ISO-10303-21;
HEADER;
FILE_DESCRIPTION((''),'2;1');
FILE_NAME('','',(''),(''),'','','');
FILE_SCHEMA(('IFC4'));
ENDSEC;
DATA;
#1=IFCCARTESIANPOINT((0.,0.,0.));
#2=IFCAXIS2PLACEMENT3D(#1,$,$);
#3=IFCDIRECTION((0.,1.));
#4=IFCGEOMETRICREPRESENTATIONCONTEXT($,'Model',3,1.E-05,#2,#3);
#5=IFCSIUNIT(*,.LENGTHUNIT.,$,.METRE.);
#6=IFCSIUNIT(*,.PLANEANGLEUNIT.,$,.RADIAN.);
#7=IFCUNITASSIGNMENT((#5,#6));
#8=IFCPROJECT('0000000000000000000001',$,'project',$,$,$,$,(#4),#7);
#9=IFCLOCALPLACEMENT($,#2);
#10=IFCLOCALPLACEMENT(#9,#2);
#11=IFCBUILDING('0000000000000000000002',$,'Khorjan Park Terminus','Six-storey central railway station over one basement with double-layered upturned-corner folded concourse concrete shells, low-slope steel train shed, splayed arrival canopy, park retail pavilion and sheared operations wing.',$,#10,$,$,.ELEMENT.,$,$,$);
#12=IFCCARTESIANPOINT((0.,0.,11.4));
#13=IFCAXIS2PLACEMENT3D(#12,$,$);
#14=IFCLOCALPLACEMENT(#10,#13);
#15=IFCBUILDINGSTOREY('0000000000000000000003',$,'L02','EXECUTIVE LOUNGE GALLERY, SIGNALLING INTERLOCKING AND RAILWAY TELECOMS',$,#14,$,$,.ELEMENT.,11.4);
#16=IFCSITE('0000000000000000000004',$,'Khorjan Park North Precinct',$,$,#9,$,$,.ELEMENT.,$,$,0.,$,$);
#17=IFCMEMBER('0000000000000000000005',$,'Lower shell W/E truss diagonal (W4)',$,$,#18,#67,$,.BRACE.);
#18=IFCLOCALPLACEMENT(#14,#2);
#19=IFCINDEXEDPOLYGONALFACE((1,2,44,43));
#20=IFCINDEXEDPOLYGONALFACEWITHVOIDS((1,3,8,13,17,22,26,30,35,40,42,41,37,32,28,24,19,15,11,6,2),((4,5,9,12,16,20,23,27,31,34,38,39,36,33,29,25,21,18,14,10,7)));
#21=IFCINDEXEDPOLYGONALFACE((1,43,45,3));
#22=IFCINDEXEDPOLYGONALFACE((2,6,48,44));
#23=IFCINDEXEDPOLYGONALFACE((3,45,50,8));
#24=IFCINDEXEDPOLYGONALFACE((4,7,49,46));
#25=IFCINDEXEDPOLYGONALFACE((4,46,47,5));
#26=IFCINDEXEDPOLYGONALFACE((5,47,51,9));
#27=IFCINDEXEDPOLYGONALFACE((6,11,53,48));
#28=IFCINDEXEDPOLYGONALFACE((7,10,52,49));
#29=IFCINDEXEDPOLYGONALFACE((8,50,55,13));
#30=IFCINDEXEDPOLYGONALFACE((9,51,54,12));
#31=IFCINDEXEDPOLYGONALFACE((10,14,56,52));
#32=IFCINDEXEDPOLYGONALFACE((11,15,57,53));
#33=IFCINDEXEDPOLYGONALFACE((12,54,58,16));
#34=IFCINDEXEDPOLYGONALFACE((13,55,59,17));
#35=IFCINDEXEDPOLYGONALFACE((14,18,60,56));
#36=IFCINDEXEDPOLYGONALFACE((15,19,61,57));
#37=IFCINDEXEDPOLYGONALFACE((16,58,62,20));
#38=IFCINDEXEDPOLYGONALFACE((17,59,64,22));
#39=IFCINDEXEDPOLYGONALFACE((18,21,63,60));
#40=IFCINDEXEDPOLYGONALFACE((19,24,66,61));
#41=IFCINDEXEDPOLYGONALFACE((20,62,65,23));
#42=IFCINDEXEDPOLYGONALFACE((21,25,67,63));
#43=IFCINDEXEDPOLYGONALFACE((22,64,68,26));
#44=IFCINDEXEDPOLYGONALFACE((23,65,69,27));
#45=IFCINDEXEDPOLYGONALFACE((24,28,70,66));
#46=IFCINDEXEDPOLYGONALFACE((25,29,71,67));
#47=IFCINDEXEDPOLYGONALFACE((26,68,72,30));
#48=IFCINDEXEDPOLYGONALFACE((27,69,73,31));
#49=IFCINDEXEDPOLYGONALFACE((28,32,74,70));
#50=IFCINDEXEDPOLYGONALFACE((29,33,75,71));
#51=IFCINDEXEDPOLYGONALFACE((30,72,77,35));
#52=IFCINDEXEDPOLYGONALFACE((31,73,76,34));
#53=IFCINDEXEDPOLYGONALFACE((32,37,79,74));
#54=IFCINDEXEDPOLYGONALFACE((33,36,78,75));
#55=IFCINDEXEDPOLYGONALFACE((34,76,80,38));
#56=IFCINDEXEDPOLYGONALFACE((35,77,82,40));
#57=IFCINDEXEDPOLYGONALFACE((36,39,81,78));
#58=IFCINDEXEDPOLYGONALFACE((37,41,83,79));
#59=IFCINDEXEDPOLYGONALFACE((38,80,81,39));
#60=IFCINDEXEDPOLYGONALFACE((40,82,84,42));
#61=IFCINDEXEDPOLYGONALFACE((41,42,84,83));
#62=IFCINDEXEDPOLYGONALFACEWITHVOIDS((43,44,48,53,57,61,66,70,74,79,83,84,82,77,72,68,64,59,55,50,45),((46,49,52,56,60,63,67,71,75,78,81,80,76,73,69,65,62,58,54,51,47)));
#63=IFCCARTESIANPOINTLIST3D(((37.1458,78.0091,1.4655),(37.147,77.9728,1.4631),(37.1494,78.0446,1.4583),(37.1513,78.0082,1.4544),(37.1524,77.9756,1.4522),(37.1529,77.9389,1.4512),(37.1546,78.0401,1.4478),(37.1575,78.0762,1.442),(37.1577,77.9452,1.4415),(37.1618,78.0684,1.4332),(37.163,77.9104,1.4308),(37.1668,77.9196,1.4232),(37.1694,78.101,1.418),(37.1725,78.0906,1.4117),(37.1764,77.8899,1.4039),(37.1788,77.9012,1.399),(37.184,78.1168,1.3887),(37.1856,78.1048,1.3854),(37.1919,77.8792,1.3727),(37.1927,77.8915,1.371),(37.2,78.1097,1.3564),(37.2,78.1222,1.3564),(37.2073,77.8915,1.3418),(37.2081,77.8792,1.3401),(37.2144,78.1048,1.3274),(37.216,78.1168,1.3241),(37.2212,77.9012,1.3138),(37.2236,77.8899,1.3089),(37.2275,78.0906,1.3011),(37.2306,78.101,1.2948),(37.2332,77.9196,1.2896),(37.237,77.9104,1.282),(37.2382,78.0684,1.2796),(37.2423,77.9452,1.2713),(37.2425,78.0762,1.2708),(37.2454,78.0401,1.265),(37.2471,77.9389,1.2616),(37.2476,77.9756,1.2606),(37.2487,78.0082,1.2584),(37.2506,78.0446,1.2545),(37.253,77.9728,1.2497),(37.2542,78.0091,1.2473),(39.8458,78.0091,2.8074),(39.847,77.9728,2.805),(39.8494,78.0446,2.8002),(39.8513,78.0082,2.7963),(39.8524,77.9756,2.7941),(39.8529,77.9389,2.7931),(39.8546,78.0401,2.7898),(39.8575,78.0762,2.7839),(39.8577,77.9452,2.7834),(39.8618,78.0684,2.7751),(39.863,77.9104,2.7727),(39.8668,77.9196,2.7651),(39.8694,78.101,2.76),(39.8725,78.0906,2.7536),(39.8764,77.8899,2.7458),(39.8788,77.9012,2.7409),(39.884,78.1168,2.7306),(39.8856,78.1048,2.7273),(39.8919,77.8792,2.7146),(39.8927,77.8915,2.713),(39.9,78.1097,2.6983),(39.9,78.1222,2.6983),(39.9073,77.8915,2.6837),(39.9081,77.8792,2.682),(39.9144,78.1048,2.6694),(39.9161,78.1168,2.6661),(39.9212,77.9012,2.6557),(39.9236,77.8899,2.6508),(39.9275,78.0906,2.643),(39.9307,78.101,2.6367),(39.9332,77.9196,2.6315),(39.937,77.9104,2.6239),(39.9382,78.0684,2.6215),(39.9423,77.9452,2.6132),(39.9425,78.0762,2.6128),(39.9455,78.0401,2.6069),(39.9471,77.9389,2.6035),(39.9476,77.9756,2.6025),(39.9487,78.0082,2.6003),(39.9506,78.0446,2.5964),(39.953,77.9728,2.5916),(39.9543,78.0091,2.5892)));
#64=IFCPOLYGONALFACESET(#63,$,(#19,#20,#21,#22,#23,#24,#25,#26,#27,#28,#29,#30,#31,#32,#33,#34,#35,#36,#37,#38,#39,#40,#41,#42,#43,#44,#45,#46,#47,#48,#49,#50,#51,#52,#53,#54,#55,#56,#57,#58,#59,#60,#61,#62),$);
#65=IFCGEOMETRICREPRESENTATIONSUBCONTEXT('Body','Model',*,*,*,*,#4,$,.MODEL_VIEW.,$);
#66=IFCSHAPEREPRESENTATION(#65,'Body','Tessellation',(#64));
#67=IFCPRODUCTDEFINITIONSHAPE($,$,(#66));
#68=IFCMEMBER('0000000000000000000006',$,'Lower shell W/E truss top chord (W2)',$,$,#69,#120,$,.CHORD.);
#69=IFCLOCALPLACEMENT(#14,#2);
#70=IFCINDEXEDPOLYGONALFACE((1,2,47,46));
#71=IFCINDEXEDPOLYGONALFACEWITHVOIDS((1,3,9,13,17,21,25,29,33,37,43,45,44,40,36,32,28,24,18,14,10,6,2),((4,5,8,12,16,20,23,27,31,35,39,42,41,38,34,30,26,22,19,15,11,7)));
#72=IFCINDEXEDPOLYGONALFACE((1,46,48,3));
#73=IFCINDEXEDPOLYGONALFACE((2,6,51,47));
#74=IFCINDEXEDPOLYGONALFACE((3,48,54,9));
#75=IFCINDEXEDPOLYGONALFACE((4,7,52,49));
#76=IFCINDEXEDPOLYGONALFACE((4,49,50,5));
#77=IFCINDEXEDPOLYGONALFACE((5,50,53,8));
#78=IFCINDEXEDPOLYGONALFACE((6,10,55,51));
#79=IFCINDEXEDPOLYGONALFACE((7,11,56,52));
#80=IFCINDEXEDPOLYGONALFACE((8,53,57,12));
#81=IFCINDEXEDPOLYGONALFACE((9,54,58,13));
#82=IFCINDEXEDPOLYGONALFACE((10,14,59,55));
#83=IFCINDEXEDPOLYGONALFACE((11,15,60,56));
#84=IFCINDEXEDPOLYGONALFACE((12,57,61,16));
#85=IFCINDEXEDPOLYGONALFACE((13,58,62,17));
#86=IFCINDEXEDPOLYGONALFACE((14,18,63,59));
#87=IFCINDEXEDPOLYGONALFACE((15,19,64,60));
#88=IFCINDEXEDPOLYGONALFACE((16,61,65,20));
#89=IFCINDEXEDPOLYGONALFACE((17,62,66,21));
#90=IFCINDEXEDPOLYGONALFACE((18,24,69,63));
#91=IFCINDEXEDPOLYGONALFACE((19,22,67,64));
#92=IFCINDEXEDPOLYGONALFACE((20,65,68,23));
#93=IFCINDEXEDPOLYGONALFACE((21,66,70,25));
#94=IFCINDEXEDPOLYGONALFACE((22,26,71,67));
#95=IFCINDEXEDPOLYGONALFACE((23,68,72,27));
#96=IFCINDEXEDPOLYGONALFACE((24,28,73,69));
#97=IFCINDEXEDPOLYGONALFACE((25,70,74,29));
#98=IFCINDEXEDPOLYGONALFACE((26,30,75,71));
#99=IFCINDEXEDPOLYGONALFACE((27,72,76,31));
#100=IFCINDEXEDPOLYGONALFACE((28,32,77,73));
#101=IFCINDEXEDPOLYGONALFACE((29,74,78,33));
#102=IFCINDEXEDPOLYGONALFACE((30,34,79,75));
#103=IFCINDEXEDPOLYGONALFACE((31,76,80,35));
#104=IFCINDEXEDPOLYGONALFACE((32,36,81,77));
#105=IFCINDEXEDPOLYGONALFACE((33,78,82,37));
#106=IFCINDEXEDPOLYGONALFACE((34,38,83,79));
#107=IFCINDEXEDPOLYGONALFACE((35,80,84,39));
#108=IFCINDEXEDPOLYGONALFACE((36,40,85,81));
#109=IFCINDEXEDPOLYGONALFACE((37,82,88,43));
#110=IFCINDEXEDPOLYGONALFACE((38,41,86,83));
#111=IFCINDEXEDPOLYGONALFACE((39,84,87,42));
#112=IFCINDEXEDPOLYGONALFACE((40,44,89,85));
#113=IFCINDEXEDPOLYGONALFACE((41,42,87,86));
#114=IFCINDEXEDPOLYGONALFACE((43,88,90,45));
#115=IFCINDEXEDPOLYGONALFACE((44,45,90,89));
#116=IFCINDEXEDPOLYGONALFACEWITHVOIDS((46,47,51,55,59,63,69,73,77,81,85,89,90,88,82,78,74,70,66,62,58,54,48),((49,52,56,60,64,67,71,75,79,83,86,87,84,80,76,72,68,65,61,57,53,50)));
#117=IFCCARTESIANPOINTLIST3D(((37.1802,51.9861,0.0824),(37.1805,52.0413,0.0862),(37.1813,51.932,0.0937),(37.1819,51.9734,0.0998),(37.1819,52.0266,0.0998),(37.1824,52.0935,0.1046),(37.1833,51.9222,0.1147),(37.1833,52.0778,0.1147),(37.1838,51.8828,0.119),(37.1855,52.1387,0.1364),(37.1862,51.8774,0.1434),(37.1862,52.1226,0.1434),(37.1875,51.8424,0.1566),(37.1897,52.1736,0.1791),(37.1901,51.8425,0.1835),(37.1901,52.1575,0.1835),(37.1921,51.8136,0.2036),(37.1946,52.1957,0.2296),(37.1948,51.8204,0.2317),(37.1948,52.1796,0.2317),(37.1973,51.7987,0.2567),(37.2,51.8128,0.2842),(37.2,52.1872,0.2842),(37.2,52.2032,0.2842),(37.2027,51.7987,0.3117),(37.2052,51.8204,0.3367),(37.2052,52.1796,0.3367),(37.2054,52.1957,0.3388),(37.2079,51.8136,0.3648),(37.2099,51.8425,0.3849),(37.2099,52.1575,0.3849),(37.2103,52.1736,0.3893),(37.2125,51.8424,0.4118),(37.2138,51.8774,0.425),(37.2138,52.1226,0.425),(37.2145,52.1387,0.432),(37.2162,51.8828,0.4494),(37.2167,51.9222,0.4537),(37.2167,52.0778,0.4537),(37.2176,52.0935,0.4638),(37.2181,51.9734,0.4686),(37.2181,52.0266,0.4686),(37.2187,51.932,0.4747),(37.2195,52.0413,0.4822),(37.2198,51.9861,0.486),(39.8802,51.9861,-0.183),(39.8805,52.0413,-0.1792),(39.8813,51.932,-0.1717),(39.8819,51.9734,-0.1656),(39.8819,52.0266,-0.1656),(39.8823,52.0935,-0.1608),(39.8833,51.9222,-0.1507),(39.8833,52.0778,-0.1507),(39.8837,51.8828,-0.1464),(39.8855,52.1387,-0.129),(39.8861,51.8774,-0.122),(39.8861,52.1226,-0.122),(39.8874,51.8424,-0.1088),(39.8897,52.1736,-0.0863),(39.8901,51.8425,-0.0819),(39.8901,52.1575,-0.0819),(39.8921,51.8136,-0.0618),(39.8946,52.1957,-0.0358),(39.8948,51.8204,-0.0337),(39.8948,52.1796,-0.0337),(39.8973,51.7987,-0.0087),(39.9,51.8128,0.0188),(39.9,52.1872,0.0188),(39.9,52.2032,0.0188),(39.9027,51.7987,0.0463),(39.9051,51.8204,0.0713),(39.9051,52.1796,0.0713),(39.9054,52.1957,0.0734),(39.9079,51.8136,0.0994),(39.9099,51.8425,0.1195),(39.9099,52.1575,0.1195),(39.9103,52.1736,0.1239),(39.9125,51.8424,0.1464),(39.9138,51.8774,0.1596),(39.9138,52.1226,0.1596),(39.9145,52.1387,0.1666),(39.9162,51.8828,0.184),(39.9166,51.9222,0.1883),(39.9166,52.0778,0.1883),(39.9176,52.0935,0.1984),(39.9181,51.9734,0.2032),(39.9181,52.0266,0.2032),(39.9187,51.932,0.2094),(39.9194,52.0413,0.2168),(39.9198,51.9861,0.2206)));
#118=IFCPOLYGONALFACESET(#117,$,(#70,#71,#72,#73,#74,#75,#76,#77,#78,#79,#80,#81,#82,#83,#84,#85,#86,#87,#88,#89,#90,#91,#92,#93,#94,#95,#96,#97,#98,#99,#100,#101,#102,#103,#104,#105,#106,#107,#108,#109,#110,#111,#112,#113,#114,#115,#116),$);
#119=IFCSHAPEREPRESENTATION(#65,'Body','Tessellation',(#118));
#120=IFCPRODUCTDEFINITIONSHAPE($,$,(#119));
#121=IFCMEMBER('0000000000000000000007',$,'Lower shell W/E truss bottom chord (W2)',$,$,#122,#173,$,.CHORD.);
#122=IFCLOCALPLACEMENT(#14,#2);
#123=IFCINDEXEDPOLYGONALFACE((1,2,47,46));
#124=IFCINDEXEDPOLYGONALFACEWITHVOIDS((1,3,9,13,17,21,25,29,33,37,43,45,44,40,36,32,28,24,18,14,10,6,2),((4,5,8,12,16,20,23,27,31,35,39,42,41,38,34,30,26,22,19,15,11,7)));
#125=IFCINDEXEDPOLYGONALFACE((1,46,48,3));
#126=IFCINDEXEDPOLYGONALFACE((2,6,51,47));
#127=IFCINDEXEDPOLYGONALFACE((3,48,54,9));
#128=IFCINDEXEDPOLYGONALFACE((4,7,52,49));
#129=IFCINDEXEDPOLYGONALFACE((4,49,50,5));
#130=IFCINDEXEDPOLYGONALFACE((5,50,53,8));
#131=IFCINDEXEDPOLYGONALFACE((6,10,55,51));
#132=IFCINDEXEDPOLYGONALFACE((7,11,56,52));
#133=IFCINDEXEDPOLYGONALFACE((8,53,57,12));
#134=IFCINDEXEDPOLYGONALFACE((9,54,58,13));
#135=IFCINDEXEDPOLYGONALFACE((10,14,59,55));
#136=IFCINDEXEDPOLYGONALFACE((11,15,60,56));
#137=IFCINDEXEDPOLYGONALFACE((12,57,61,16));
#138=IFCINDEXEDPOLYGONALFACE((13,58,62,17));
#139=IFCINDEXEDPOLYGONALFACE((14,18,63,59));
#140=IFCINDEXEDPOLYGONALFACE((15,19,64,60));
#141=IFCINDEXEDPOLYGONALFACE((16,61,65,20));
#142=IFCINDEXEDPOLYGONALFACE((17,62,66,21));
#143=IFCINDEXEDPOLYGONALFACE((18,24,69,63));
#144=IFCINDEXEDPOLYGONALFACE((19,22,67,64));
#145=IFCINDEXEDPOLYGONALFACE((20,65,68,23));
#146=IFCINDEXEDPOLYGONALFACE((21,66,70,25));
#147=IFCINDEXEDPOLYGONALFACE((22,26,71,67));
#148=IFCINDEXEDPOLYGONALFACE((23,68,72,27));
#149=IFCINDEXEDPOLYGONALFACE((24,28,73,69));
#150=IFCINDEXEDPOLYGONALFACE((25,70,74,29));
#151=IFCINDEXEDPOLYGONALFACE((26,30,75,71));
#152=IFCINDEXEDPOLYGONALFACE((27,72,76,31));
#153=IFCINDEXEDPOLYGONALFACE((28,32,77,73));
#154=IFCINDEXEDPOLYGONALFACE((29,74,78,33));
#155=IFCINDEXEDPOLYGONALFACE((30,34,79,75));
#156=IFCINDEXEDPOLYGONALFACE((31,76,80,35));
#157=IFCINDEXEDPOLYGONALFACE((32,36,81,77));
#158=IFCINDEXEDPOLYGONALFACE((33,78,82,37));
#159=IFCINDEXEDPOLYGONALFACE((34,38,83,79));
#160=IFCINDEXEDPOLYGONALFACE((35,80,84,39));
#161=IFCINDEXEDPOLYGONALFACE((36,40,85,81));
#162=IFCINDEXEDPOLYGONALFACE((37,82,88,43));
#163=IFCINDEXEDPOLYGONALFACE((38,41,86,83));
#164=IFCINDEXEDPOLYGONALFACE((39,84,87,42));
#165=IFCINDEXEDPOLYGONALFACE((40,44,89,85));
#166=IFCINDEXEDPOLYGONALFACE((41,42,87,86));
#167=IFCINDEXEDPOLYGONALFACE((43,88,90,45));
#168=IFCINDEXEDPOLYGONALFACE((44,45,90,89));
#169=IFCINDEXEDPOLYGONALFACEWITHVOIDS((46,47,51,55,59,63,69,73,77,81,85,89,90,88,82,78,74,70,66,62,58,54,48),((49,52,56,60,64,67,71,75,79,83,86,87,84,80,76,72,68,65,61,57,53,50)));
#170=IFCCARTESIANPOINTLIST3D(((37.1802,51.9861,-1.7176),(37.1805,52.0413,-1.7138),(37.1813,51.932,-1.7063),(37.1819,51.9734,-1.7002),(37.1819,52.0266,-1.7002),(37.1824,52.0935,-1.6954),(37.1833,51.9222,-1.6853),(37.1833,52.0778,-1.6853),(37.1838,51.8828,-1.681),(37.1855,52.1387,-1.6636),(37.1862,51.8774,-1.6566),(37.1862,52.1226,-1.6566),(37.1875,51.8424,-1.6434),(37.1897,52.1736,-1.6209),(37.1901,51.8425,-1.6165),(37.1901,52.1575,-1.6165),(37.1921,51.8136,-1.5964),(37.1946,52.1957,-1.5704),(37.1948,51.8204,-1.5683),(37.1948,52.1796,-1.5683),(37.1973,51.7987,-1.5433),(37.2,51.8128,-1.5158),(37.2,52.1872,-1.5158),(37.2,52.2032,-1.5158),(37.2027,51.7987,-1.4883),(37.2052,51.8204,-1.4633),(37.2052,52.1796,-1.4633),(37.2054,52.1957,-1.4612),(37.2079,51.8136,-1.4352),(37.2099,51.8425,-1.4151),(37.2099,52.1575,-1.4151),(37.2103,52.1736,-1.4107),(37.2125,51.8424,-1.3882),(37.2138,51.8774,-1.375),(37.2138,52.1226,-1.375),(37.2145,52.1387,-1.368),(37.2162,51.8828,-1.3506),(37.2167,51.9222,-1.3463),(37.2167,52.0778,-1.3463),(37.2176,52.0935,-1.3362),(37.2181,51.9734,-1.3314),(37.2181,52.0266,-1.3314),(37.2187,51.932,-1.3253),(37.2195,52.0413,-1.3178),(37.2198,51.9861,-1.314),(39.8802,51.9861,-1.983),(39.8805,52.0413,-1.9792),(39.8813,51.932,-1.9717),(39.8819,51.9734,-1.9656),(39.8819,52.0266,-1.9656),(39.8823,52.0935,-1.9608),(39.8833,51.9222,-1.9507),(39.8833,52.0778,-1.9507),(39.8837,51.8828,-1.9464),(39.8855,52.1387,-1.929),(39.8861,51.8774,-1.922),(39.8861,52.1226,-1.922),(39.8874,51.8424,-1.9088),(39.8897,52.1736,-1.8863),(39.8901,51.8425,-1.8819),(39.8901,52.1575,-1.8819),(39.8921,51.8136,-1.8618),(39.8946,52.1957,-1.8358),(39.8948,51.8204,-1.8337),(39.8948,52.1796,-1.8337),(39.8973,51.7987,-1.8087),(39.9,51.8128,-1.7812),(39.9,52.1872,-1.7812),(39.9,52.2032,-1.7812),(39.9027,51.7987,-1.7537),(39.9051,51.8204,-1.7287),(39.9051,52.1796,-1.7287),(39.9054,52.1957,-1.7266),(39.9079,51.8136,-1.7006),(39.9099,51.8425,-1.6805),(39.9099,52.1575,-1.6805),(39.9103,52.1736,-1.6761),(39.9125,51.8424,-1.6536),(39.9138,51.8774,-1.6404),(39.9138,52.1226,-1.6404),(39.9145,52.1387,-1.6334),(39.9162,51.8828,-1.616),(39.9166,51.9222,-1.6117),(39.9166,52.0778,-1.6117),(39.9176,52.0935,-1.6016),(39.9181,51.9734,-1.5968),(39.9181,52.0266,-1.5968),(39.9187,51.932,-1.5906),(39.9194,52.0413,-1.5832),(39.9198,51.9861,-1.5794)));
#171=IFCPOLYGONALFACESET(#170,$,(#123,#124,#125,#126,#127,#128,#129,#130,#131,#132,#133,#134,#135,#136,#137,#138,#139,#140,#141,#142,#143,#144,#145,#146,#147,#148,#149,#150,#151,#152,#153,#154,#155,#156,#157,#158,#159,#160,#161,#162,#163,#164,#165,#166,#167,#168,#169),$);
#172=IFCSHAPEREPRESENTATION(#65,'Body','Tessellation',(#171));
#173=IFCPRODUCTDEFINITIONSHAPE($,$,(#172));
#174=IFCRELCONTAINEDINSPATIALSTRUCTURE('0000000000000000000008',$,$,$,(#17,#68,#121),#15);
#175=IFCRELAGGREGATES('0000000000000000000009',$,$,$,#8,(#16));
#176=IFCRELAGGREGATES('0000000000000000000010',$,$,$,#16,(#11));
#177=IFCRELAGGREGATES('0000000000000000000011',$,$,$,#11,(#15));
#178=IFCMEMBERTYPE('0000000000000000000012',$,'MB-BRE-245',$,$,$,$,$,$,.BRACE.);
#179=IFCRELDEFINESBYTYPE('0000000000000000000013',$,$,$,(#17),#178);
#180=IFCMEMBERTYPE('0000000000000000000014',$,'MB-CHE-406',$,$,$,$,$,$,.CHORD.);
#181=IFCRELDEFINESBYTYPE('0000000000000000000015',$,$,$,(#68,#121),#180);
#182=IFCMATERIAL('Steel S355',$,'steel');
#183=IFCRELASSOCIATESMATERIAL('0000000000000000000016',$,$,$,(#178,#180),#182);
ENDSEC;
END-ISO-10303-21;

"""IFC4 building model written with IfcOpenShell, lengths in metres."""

from ifc_helpers import new_model, si_unit, direction, frame, origin, origin_2d, place, context, subcontext, project, spatial, hollow_circle, extrude, material, material_profile, profile_set, type_object, element, save


model = new_model("IFC4")

# Units and contexts
model_context = context("Model", 3, precision=1e-05, world=origin(), true_north=direction((0.0, 1.0)))
body_context = subcontext(model_context, "Body", "Model", "MODEL_VIEW")
ifc_project = project(units=[si_unit("LENGTHUNIT", "METRE"), si_unit("PLANEANGLEUNIT", "RADIAN")], contexts=[model_context])

# Site, building, storey
site_placement = place(None, origin())
site = spatial("IfcSite", under=ifc_project, at=site_placement, Name="Khorjan Park North Precinct", CompositionType="ELEMENT", RefElevation=0.0)
building_placement = place(site_placement, origin())
building = spatial("IfcBuilding", under=site, at=building_placement, Name="Khorjan Park Terminus", Description="Six-storey central railway station over one basement with double-layered upturned-corner folded concourse concrete shells, low-slope steel train shed, splayed arrival canopy, park retail pavilion and sheared operations wing.", CompositionType="ELEMENT")
storey_placement = place(building_placement, frame((0.0, 0.0, 11.4)))
storey = spatial("IfcBuildingStorey", under=building, at=storey_placement, Name="L02", Description="EXECUTIVE LOUNGE GALLERY, SIGNALLING INTERLOCKING AND RAILWAY TELECOMS", CompositionType="ELEMENT", Elevation=11.4)

# Shared definitions
ifc_material_1 = material(Name="Steel S355", Category="steel")

# Members
ifc_material_profile_1 = material_profile(ifc_material_1, hollow_circle(Radius=0.1222, WallThickness=0.0125, at=origin_2d()), Name="CHS 244.5x12.5")
ifc_profile_set_1 = profile_set([ifc_material_profile_1], Name="Steel S355")
member_type_1 = type_object("IfcMemberType", Name="MB-BRE-245", PredefinedType="BRACE", material=ifc_profile_set_1)
member_1_placement = place(storey_placement, frame((37.2, 78.0, 1.3564), z_axis=(0.895499, 0.0, 0.445063), x_axis=(0.0, 1.0, 0.0)))
element("IfcMember", 1, at=member_1_placement, inside=storey, type_object=member_type_1, Name="Lower shell W/E truss diagonal (W4)", PredefinedType="BRACE", context=body_context, shape_type="SweptSolid", body=[
    extrude(hollow_circle(Radius=0.1222, WallThickness=0.0125, at=origin_2d()), origin(), (0.0, 0.0, 1.0), 3.0151),
])
ifc_material_profile_2 = material_profile(ifc_material_1, hollow_circle(Radius=0.2032, WallThickness=0.016, at=origin_2d()), Name="CHS 406.4x16")
ifc_profile_set_2 = profile_set([ifc_material_profile_2], Name="Steel S355")
member_type_2 = type_object("IfcMemberType", Name="MB-CHE-406", PredefinedType="CHORD", material=ifc_profile_set_2)
for number, where, z_axis, x_axis, name in (
    (2, (37.2, 52.0, 0.2842), (0.995204, 0.0, -0.097825), (0.0, 1.0, 0.0), "Lower shell W/E truss top chord (W2)"),
    (3, (37.2, 52.0, -1.5158), (0.995204, 0.0, -0.097825), (0.0, 1.0, 0.0), "Lower shell W/E truss bottom chord (W2)"),
):
    element("IfcMember", number, at=place(storey_placement, frame(where, z_axis=z_axis, x_axis=x_axis)), inside=storey, type_object=member_type_2, Name=name, PredefinedType="CHORD", context=body_context, shape_type="SweptSolid", body=[
        extrude(hollow_circle(Radius=0.2032, WallThickness=0.016, at=origin_2d()), origin(), (0.0, 0.0, 1.0), 2.713),
    ])

save(model, "model.ifc")
